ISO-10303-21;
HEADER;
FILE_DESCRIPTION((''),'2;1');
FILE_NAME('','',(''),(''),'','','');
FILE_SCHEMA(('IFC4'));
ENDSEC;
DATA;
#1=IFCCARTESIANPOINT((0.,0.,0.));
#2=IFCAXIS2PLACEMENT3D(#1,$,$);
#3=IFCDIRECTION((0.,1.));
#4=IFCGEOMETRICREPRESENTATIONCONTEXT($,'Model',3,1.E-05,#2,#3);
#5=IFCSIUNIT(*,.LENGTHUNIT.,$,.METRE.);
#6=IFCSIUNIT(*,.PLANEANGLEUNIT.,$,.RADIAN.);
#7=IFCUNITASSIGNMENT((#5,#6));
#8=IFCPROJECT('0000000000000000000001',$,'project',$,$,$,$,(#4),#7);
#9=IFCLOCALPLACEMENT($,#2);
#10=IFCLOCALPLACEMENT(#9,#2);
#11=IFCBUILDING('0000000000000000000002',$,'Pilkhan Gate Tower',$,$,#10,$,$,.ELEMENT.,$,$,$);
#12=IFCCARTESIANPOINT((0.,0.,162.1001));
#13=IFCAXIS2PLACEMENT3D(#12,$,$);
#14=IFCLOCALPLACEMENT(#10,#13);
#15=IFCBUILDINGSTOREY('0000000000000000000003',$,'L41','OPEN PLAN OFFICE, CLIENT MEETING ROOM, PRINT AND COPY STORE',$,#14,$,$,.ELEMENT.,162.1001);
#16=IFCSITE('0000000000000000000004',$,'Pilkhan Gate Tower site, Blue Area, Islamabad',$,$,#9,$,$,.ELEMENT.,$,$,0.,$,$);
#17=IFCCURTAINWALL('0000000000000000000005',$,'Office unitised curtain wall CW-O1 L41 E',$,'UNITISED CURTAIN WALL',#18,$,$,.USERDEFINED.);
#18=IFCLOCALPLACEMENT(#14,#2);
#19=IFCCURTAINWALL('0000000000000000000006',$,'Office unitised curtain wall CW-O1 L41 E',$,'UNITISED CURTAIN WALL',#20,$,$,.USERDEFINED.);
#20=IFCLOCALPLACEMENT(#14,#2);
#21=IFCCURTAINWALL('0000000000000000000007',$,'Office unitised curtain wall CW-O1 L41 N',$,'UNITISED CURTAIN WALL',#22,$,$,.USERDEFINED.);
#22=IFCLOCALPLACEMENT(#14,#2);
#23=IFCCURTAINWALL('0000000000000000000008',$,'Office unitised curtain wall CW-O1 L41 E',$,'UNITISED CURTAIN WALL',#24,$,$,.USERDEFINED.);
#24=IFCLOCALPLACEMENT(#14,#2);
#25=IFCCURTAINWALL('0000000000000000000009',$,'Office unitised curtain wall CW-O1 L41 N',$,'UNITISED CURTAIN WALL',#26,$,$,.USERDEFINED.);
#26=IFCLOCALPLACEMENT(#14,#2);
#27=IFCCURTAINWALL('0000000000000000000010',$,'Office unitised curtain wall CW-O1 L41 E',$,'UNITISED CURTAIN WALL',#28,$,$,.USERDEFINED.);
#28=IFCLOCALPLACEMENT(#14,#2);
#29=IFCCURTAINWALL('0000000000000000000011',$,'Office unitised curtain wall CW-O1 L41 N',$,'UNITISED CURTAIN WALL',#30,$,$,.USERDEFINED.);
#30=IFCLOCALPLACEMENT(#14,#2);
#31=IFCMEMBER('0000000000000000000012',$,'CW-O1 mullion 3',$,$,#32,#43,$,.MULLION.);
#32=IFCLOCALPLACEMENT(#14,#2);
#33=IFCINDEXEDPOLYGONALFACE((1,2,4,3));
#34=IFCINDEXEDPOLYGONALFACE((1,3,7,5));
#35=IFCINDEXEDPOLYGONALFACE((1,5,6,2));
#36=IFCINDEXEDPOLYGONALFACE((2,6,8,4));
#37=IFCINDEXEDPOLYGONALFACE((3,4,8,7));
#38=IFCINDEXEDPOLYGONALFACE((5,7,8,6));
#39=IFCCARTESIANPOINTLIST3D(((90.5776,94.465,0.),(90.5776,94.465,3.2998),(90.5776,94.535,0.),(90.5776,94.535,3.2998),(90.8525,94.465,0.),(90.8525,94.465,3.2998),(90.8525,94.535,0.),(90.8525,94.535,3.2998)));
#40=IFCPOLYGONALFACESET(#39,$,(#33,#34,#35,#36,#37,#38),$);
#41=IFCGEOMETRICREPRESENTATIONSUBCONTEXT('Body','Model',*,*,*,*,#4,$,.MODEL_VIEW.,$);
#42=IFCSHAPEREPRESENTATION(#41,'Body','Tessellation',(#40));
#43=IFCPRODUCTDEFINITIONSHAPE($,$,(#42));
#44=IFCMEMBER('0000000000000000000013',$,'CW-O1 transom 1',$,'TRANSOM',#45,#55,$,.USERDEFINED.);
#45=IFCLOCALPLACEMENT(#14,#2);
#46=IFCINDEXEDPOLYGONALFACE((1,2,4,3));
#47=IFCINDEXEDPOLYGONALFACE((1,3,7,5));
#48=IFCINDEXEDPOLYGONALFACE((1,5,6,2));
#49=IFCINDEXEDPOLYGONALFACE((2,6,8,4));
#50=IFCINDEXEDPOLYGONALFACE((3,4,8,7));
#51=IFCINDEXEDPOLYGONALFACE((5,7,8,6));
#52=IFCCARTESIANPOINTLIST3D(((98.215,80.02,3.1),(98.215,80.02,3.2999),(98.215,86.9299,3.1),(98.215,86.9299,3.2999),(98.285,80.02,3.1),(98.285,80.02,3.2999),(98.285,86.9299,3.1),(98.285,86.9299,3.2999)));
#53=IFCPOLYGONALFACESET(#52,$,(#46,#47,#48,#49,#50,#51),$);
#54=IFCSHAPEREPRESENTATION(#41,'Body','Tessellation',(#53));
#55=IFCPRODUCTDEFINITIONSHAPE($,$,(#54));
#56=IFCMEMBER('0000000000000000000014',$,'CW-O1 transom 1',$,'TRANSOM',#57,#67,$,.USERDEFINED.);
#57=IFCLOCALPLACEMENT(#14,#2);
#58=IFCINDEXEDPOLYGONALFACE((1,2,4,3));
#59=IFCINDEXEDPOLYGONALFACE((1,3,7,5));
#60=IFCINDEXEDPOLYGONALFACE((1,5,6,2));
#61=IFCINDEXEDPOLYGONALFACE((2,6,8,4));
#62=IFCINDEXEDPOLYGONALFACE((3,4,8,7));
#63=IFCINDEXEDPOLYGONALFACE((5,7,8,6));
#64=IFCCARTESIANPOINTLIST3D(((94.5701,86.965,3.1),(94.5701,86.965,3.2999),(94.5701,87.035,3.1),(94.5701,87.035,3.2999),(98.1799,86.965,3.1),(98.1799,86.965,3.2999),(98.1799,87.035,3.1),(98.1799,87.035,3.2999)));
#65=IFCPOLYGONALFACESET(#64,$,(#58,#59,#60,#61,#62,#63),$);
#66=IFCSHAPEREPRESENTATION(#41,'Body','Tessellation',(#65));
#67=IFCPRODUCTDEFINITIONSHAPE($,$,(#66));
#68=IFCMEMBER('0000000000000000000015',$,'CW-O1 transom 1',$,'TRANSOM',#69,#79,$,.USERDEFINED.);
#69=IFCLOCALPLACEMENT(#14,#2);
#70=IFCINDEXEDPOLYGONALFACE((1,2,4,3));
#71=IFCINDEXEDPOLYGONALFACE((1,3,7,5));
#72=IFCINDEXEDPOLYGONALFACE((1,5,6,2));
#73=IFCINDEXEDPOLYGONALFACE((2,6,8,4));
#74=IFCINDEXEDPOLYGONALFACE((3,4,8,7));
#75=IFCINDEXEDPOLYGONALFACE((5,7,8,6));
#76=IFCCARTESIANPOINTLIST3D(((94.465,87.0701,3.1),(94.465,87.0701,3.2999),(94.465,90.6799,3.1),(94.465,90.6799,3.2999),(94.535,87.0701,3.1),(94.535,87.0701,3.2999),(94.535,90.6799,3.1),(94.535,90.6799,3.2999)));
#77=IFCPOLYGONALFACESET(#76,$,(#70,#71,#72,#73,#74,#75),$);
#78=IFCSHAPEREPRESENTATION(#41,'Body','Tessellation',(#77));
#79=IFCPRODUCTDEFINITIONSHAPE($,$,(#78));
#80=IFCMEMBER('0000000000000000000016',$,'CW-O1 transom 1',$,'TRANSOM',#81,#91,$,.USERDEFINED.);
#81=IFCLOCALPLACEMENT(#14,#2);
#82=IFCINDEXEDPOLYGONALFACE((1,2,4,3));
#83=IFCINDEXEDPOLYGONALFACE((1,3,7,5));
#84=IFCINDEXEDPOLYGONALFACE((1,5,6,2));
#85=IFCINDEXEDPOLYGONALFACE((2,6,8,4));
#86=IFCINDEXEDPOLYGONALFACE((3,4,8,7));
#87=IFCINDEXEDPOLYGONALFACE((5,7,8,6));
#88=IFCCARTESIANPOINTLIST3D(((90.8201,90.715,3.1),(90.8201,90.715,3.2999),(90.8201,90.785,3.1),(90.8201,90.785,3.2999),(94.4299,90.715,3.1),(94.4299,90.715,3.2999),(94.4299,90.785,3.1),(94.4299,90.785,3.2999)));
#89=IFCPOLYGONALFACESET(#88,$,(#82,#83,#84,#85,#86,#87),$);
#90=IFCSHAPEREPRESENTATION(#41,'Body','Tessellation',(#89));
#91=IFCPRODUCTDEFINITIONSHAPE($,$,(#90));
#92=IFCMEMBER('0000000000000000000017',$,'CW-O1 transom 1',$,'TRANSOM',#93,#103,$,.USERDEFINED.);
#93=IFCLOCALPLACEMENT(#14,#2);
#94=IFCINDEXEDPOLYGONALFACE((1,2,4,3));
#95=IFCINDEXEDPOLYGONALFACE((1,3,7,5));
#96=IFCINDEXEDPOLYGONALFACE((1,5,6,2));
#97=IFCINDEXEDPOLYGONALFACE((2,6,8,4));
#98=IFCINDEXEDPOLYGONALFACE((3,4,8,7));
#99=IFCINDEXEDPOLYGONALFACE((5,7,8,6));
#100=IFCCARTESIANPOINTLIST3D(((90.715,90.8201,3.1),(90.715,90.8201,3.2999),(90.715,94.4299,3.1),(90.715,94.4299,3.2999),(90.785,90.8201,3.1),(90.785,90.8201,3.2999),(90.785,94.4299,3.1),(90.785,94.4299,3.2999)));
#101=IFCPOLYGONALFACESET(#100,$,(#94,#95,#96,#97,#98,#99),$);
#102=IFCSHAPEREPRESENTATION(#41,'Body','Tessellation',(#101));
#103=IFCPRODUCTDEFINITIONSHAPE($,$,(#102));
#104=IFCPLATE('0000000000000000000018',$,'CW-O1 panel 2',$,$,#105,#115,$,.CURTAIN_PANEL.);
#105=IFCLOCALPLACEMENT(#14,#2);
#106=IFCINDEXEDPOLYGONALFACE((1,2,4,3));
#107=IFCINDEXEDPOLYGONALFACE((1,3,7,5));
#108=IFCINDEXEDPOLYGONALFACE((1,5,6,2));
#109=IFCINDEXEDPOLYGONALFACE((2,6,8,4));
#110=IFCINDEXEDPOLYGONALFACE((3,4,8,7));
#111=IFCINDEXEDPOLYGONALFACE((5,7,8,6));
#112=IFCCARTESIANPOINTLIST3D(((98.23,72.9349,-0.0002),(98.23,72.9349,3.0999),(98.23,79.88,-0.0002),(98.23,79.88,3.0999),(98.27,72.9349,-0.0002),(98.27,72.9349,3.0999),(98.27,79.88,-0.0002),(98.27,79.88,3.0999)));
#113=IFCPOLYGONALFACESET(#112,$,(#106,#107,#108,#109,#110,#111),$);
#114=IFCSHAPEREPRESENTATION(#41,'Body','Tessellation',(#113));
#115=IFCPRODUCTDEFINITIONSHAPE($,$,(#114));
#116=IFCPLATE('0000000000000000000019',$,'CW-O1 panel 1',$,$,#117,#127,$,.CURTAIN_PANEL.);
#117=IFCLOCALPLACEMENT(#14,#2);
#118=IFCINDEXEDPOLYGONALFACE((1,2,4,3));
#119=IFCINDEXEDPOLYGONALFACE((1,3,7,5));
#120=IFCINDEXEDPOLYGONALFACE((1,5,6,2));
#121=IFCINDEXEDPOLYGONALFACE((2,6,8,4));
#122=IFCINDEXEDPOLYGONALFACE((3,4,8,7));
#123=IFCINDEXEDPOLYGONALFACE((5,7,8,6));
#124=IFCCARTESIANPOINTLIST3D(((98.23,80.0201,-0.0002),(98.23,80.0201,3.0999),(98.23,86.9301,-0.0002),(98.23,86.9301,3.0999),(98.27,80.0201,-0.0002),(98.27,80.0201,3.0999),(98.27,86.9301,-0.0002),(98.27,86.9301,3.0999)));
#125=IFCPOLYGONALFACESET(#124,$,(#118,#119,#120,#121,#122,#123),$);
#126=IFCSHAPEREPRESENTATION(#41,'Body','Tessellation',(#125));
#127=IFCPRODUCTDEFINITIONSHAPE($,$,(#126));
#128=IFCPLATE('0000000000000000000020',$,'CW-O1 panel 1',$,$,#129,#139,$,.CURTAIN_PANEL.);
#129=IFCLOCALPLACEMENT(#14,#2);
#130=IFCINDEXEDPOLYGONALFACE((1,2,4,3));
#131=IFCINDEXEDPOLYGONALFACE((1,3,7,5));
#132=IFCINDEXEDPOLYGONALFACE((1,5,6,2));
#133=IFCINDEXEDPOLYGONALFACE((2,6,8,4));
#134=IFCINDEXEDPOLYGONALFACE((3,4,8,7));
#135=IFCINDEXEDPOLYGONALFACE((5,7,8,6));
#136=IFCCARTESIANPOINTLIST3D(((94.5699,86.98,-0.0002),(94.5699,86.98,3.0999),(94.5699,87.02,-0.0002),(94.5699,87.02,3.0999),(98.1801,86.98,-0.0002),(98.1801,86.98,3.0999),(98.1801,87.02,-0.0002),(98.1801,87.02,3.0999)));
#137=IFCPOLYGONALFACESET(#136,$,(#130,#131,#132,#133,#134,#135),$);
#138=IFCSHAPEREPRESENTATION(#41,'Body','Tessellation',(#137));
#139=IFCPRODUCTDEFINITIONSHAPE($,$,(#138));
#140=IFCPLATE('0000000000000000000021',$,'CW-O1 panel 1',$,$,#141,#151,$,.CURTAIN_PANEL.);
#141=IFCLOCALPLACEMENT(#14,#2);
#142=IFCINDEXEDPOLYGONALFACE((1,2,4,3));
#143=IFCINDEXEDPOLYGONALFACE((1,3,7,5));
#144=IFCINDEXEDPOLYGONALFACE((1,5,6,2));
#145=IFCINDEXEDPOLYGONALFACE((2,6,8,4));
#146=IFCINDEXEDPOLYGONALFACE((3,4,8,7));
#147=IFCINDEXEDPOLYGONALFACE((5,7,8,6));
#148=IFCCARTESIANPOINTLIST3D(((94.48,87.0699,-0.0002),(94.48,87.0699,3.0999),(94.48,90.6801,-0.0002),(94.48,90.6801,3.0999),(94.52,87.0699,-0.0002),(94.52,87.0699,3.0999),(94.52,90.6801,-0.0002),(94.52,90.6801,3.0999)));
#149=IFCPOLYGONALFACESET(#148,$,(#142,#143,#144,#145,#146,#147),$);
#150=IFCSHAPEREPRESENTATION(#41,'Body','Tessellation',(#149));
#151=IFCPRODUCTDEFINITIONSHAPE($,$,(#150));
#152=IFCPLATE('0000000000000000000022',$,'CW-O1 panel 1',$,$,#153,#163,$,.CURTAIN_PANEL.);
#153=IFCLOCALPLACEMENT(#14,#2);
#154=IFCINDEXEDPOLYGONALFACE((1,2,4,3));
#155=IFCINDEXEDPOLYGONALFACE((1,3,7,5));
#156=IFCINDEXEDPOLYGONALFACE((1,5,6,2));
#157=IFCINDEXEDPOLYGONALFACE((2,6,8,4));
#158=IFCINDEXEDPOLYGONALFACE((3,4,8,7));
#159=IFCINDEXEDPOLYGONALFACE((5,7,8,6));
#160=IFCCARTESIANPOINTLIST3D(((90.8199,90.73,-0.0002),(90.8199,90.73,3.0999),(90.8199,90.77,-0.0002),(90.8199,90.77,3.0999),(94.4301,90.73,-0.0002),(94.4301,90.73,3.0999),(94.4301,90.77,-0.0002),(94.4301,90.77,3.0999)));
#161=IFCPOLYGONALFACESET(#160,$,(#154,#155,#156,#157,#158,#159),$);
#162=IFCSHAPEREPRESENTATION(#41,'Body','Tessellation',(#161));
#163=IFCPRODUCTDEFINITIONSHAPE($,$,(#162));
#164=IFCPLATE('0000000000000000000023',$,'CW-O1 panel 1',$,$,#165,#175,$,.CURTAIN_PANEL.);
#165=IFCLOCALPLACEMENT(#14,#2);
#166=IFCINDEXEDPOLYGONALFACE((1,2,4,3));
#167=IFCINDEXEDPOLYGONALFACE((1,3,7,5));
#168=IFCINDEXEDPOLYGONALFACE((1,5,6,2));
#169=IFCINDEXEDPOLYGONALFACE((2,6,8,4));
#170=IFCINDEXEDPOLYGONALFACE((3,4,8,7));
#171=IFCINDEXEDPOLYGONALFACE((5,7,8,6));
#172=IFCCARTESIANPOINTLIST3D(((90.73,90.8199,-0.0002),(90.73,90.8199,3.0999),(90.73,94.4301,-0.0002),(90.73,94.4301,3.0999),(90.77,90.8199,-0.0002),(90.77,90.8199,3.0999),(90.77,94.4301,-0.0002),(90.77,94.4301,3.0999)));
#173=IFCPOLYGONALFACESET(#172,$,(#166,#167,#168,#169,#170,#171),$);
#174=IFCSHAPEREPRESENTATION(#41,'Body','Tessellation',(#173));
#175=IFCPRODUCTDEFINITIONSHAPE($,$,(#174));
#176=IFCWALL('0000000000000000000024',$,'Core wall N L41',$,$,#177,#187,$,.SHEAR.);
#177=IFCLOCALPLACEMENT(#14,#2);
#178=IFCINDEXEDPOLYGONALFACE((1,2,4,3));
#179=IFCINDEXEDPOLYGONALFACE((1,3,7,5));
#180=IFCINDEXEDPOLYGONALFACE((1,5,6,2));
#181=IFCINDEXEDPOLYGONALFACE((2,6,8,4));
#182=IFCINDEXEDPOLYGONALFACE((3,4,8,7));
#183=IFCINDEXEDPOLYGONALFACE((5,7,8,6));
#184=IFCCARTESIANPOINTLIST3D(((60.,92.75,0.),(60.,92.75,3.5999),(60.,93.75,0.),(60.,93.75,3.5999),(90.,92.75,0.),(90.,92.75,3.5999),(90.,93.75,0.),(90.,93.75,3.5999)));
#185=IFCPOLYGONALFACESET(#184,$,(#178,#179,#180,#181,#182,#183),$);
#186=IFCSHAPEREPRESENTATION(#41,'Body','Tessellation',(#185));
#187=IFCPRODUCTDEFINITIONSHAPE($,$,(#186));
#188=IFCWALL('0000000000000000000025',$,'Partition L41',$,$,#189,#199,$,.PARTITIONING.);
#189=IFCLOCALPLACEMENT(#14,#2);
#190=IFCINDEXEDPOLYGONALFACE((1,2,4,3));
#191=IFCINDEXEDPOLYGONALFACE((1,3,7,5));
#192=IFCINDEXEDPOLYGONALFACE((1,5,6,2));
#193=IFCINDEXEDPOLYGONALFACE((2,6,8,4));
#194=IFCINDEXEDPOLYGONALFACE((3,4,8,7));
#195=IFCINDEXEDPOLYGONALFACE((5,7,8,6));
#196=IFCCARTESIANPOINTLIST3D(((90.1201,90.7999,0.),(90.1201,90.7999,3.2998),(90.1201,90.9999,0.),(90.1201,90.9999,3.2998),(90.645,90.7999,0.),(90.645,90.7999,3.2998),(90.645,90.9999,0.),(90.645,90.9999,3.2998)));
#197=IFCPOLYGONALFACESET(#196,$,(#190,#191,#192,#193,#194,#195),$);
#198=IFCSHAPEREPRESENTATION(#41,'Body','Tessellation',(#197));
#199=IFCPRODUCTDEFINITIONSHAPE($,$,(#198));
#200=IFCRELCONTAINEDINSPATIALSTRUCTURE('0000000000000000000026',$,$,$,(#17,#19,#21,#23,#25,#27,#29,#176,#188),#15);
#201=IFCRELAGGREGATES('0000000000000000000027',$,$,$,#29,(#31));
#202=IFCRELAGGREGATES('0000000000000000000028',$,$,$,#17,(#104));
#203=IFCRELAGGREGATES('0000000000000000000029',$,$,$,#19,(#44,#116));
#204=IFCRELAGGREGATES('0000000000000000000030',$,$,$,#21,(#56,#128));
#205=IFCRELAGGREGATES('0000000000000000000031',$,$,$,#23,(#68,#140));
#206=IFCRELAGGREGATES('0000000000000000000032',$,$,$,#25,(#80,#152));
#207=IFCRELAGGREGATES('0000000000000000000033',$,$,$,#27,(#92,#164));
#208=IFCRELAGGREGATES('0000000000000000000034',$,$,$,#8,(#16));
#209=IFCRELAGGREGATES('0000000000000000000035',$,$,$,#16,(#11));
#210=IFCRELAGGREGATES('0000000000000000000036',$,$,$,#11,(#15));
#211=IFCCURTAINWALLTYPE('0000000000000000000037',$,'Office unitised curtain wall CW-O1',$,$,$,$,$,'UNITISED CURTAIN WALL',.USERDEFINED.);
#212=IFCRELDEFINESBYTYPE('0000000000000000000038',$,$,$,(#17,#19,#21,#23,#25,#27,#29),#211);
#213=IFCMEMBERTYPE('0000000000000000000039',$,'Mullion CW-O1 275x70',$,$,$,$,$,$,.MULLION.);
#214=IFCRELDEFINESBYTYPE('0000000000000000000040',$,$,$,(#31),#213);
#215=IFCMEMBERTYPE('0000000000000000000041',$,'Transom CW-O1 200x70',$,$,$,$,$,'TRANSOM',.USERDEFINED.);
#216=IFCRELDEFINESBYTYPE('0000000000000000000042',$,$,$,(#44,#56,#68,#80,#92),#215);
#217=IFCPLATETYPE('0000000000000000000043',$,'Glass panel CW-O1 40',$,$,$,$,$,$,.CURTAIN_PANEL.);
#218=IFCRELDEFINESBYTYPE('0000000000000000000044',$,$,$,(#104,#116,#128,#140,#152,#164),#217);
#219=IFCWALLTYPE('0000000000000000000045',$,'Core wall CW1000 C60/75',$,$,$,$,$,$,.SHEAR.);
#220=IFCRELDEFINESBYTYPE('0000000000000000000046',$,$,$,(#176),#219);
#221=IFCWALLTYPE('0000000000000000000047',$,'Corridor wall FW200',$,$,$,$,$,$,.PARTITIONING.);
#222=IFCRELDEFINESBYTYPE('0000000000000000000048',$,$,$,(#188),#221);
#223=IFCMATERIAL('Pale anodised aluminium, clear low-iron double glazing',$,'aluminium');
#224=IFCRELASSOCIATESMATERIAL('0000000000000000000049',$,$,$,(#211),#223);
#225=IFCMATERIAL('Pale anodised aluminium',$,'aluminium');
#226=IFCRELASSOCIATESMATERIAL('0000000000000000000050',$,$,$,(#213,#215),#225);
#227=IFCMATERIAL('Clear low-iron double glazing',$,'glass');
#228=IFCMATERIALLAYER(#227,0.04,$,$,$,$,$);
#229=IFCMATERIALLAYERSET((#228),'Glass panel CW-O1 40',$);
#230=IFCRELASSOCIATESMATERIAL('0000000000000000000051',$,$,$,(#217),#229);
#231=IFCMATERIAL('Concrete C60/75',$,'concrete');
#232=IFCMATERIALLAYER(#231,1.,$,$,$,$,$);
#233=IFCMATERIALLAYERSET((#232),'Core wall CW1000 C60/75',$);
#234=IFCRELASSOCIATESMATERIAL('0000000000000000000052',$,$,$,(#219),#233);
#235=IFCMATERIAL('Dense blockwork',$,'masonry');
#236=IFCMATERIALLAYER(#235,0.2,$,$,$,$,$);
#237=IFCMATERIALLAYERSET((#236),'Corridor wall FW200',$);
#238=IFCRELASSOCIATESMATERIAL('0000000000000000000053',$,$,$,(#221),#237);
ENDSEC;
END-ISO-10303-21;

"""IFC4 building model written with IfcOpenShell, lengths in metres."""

from ifc_helpers import new_model, si_unit, direction, frame, frame_2d, origin, origin_2d, place, context, subcontext, project, spatial, rectangle, extrude, material, layer, layer_set, material_profile, profile_set, type_object, element, aggregate, save


model = new_model("IFC4")

# Units and contexts
model_context = context("Model", 3, precision=1e-05, world=origin(), true_north=direction((0.0, 1.0)))
body_context = subcontext(model_context, "Body", "Model", "MODEL_VIEW")
ifc_project = project(units=[si_unit("LENGTHUNIT", "METRE"), si_unit("PLANEANGLEUNIT", "RADIAN")], contexts=[model_context])

# Site, building, storey
site_placement = place(None, origin())
site = spatial("IfcSite", under=ifc_project, at=site_placement, Name="Pilkhan Gate Tower site, Blue Area, Islamabad", CompositionType="ELEMENT", RefElevation=0.0)
building_placement = place(site_placement, origin())
building = spatial("IfcBuilding", under=site, at=building_placement, Name="Pilkhan Gate Tower", CompositionType="ELEMENT")
storey_placement = place(building_placement, frame((0.0, 0.0, 162.1001)))
storey = spatial("IfcBuildingStorey", under=building, at=storey_placement, Name="L41", Description="OPEN PLAN OFFICE, CLIENT MEETING ROOM, PRINT AND COPY STORE", CompositionType="ELEMENT", Elevation=162.1001)

# Shared definitions
ifc_material_1 = material(Name="Concrete C60/75", Category="concrete")

# Curtain wall
ifc_material_2 = material(Name="Pale anodised aluminium, clear low-iron double glazing", Category="aluminium")
curtain_wall_type = type_object("IfcCurtainWallType", Name="Office unitised curtain wall CW-O1", ElementType="UNITISED CURTAIN WALL", PredefinedType="USERDEFINED", material=ifc_material_2)
curtain_wall_1_placement = place(storey_placement, origin())
curtain_wall_1 = element("IfcCurtainWall", 1, at=curtain_wall_1_placement, inside=storey, type_object=curtain_wall_type, Name="Office unitised curtain wall CW-O1 L41 E", ObjectType="UNITISED CURTAIN WALL", PredefinedType="USERDEFINED")
ifc_material_3 = material(Name="Pale anodised aluminium", Category="aluminium")
ifc_material_profile_1 = material_profile(ifc_material_3, rectangle(XDim=0.0701, YDim=0.2749, at=origin_2d()), Name="Mullion 275x70")
ifc_profile_set_1 = profile_set([ifc_material_profile_1], Name="Pale anodised aluminium")
member_type_1 = type_object("IfcMemberType", Name="Mullion CW-O1 275x70", PredefinedType="MULLION", material=ifc_profile_set_1)

# Curtain walls
curtain_wall_2_placement = place(storey_placement, origin())
curtain_wall_2 = element("IfcCurtainWall", 2, at=curtain_wall_2_placement, inside=storey, type_object=curtain_wall_type, Name="Office unitised curtain wall CW-O1 L41 E", ObjectType="UNITISED CURTAIN WALL", PredefinedType="USERDEFINED")
curtain_wall_3_placement = place(storey_placement, origin())
curtain_wall_3 = element("IfcCurtainWall", 3, at=curtain_wall_3_placement, inside=storey, type_object=curtain_wall_type, Name="Office unitised curtain wall CW-O1 L41 N", ObjectType="UNITISED CURTAIN WALL", PredefinedType="USERDEFINED")
curtain_wall_4_placement = place(storey_placement, origin())
curtain_wall_4 = element("IfcCurtainWall", 4, at=curtain_wall_4_placement, inside=storey, type_object=curtain_wall_type, Name="Office unitised curtain wall CW-O1 L41 E", ObjectType="UNITISED CURTAIN WALL", PredefinedType="USERDEFINED")
curtain_wall_5_placement = place(storey_placement, origin())
curtain_wall_5 = element("IfcCurtainWall", 5, at=curtain_wall_5_placement, inside=storey, type_object=curtain_wall_type, Name="Office unitised curtain wall CW-O1 L41 N", ObjectType="UNITISED CURTAIN WALL", PredefinedType="USERDEFINED")
curtain_wall_6_placement = place(storey_placement, origin())
curtain_wall_6 = element("IfcCurtainWall", 6, at=curtain_wall_6_placement, inside=storey, type_object=curtain_wall_type, Name="Office unitised curtain wall CW-O1 L41 E", ObjectType="UNITISED CURTAIN WALL", PredefinedType="USERDEFINED")

# Curtain wall, member
curtain_wall_7_placement = place(storey_placement, origin())
curtain_wall_7 = element("IfcCurtainWall", 7, at=curtain_wall_7_placement, inside=storey, type_object=curtain_wall_type, Name="Office unitised curtain wall CW-O1 L41 N", ObjectType="UNITISED CURTAIN WALL", PredefinedType="USERDEFINED")
member_1_placement = place(storey_placement, frame((90.7151, 94.5, 0.0), z_axis=(0.0, 0.0, 1.0), x_axis=(0.0, 1.0, 0.0)))
member_1 = element("IfcMember", 8, at=member_1_placement, type_object=member_type_1, Name="CW-O1 mullion 3", PredefinedType="MULLION", context=body_context, shape_type="SweptSolid", body=[
    extrude(rectangle(XDim=0.0701, YDim=0.2749, at=origin_2d()), origin(), (0.0, 0.0, 1.0), 3.2998),
])
aggregate(curtain_wall_7, [member_1])

# Members
ifc_material_profile_2 = material_profile(ifc_material_3, rectangle(XDim=0.0701, YDim=0.2, at=origin_2d()), Name="Transom 200x70")
ifc_profile_set_2 = profile_set([ifc_material_profile_2], Name="Pale anodised aluminium")
member_type_2 = type_object("IfcMemberType", Name="Transom CW-O1 200x70", ElementType="TRANSOM", PredefinedType="USERDEFINED", material=ifc_profile_set_2)
member_2_placement = place(storey_placement, frame((98.25, 80.02, 3.2), z_axis=(0.0, 1.0, 0.0), x_axis=(-1.0, 0.0, 0.0)))
member_2 = element("IfcMember", 9, at=member_2_placement, type_object=member_type_2, Name="CW-O1 transom 1", ObjectType="TRANSOM", PredefinedType="USERDEFINED", context=body_context, shape_type="SweptSolid", body=[
    extrude(rectangle(XDim=0.0701, YDim=0.2, at=origin_2d()), origin(), (0.0, 0.0, 1.0), 6.9099),
])
member_3_placement = place(storey_placement, frame((94.5701, 87.0, 3.2), z_axis=(1.0, 0.0, 0.0), x_axis=(0.0, 1.0, 0.0)))
member_3 = element("IfcMember", 10, at=member_3_placement, type_object=member_type_2, Name="CW-O1 transom 1", ObjectType="TRANSOM", PredefinedType="USERDEFINED", context=body_context, shape_type="SweptSolid", body=[
    extrude(rectangle(XDim=0.0701, YDim=0.2, at=origin_2d()), origin(), (0.0, 0.0, 1.0), 3.6099),
])
member_4_placement = place(storey_placement, frame((94.5, 87.0701, 3.2), z_axis=(0.0, 1.0, 0.0), x_axis=(-1.0, 0.0, 0.0)))
member_4 = element("IfcMember", 11, at=member_4_placement, type_object=member_type_2, Name="CW-O1 transom 1", ObjectType="TRANSOM", PredefinedType="USERDEFINED", context=body_context, shape_type="SweptSolid", body=[
    extrude(rectangle(XDim=0.0701, YDim=0.2, at=origin_2d()), origin(), (0.0, 0.0, 1.0), 3.6099),
])
member_5_placement = place(storey_placement, frame((90.8201, 90.75, 3.2), z_axis=(1.0, 0.0, 0.0), x_axis=(0.0, 1.0, 0.0)))
member_5 = element("IfcMember", 12, at=member_5_placement, type_object=member_type_2, Name="CW-O1 transom 1", ObjectType="TRANSOM", PredefinedType="USERDEFINED", context=body_context, shape_type="SweptSolid", body=[
    extrude(rectangle(XDim=0.0701, YDim=0.2, at=origin_2d()), origin(), (0.0, 0.0, 1.0), 3.6099),
])
member_6_placement = place(storey_placement, frame((90.75, 90.8201, 3.2), z_axis=(0.0, 1.0, 0.0), x_axis=(-1.0, 0.0, 0.0)))
member_6 = element("IfcMember", 13, at=member_6_placement, type_object=member_type_2, Name="CW-O1 transom 1", ObjectType="TRANSOM", PredefinedType="USERDEFINED", context=body_context, shape_type="SweptSolid", body=[
    extrude(rectangle(XDim=0.0701, YDim=0.2, at=origin_2d()), origin(), (0.0, 0.0, 1.0), 3.6099),
])

# Plates
ifc_material_4 = material(Name="Clear low-iron double glazing", Category="glass")
ifc_layer_1 = layer(ifc_material_4, 0.04)
ifc_layer_set_1 = layer_set([ifc_layer_1], Name="Glass panel CW-O1 40")
plate_type = type_object("IfcPlateType", Name="Glass panel CW-O1 40", PredefinedType="CURTAIN_PANEL", material=ifc_layer_set_1)
plate_1_placement = place(storey_placement, frame((98.25, 76.4075, -0.0002), z_axis=(0.0, 0.0, 1.0), x_axis=(0.0, 1.0, 0.0)))
plate_1 = element("IfcPlate", 14, at=plate_1_placement, type_object=plate_type, Name="CW-O1 panel 2", PredefinedType="CURTAIN_PANEL", context=body_context, shape_type="SweptSolid", body=[
    extrude(rectangle(XDim=6.9451, YDim=0.04, at=origin_2d()), origin(), (0.0, 0.0, 1.0), 3.1001),
])
aggregate(curtain_wall_1, [plate_1])
plate_2_placement = place(storey_placement, frame((98.25, 83.4751, -0.0002), z_axis=(0.0, 0.0, 1.0), x_axis=(0.0, 1.0, 0.0)))
plate_2 = element("IfcPlate", 15, at=plate_2_placement, type_object=plate_type, Name="CW-O1 panel 1", PredefinedType="CURTAIN_PANEL", context=body_context, shape_type="SweptSolid", body=[
    extrude(rectangle(XDim=6.9099, YDim=0.04, at=origin_2d()), origin(), (0.0, 0.0, 1.0), 3.1001),
])
aggregate(curtain_wall_2, [member_2, plate_2])
plate_3_placement = place(storey_placement, frame((96.375, 87.0, -0.0002), z_axis=(0.0, 0.0, 1.0), x_axis=(1.0, 0.0, 0.0)))
plate_3 = element("IfcPlate", 16, at=plate_3_placement, type_object=plate_type, Name="CW-O1 panel 1", PredefinedType="CURTAIN_PANEL", context=body_context, shape_type="SweptSolid", body=[
    extrude(rectangle(XDim=3.6101, YDim=0.04, at=origin_2d()), origin(), (0.0, 0.0, 1.0), 3.1001),
])
aggregate(curtain_wall_3, [member_3, plate_3])
plate_4_placement = place(storey_placement, frame((94.5, 88.875, -0.0002), z_axis=(0.0, 0.0, 1.0), x_axis=(0.0, 1.0, 0.0)))
plate_4 = element("IfcPlate", 17, at=plate_4_placement, type_object=plate_type, Name="CW-O1 panel 1", PredefinedType="CURTAIN_PANEL", context=body_context, shape_type="SweptSolid", body=[
    extrude(rectangle(XDim=3.6101, YDim=0.04, at=origin_2d()), origin(), (0.0, 0.0, 1.0), 3.1001),
])
aggregate(curtain_wall_4, [member_4, plate_4])
plate_5_placement = place(storey_placement, frame((92.625, 90.75, -0.0002), z_axis=(0.0, 0.0, 1.0), x_axis=(1.0, 0.0, 0.0)))
plate_5 = element("IfcPlate", 18, at=plate_5_placement, type_object=plate_type, Name="CW-O1 panel 1", PredefinedType="CURTAIN_PANEL", context=body_context, shape_type="SweptSolid", body=[
    extrude(rectangle(XDim=3.6101, YDim=0.04, at=origin_2d()), origin(), (0.0, 0.0, 1.0), 3.1001),
])
aggregate(curtain_wall_5, [member_5, plate_5])
plate_6_placement = place(storey_placement, frame((90.75, 92.625, -0.0002), z_axis=(0.0, 0.0, 1.0), x_axis=(0.0, 1.0, 0.0)))
plate_6 = element("IfcPlate", 19, at=plate_6_placement, type_object=plate_type, Name="CW-O1 panel 1", PredefinedType="CURTAIN_PANEL", context=body_context, shape_type="SweptSolid", body=[
    extrude(rectangle(XDim=3.6101, YDim=0.04, at=origin_2d()), origin(), (0.0, 0.0, 1.0), 3.1001),
])
aggregate(curtain_wall_6, [member_6, plate_6])

# Walls
ifc_layer_2 = layer(ifc_material_1, 1.0)
ifc_layer_set_2 = layer_set([ifc_layer_2], Name="Core wall CW1000 C60/75")
wall_type_1 = type_object("IfcWallType", Name="Core wall CW1000 C60/75", PredefinedType="SHEAR", material=ifc_layer_set_2)
wall_1_placement = place(storey_placement, frame((90.0, 93.25, 0.0), z_axis=(0.0, 0.0, 1.0), x_axis=(-1.0, 0.0, 0.0)))
element("IfcWall", 20, at=wall_1_placement, inside=storey, type_object=wall_type_1, Name="Core wall N L41", PredefinedType="SHEAR", context=body_context, shape_type="SweptSolid", body=[
    extrude(rectangle(XDim=30.0, YDim=1.0, at=frame_2d((15.0, 0.0))), origin(), (0.0, 0.0, 1.0), 3.5999),
])
ifc_material_5 = material(Name="Dense blockwork", Category="masonry")
ifc_layer_3 = layer(ifc_material_5, 0.2)
ifc_layer_set_3 = layer_set([ifc_layer_3], Name="Corridor wall FW200")
wall_type_2 = type_object("IfcWallType", Name="Corridor wall FW200", PredefinedType="PARTITIONING", material=ifc_layer_set_3)
wall_2_placement = place(storey_placement, frame((90.1201, 90.8999, 0.0), z_axis=(0.0, 0.0, 1.0), x_axis=(1.0, 0.0, 0.0)))
element("IfcWall", 21, at=wall_2_placement, inside=storey, type_object=wall_type_2, Name="Partition L41", PredefinedType="PARTITIONING", context=body_context, shape_type="SweptSolid", body=[
    extrude(rectangle(XDim=0.5249, YDim=0.2, at=frame_2d((0.2625, 0.0))), origin(), (0.0, 0.0, 1.0), 3.2998),
])

save(model, "model.ifc")
